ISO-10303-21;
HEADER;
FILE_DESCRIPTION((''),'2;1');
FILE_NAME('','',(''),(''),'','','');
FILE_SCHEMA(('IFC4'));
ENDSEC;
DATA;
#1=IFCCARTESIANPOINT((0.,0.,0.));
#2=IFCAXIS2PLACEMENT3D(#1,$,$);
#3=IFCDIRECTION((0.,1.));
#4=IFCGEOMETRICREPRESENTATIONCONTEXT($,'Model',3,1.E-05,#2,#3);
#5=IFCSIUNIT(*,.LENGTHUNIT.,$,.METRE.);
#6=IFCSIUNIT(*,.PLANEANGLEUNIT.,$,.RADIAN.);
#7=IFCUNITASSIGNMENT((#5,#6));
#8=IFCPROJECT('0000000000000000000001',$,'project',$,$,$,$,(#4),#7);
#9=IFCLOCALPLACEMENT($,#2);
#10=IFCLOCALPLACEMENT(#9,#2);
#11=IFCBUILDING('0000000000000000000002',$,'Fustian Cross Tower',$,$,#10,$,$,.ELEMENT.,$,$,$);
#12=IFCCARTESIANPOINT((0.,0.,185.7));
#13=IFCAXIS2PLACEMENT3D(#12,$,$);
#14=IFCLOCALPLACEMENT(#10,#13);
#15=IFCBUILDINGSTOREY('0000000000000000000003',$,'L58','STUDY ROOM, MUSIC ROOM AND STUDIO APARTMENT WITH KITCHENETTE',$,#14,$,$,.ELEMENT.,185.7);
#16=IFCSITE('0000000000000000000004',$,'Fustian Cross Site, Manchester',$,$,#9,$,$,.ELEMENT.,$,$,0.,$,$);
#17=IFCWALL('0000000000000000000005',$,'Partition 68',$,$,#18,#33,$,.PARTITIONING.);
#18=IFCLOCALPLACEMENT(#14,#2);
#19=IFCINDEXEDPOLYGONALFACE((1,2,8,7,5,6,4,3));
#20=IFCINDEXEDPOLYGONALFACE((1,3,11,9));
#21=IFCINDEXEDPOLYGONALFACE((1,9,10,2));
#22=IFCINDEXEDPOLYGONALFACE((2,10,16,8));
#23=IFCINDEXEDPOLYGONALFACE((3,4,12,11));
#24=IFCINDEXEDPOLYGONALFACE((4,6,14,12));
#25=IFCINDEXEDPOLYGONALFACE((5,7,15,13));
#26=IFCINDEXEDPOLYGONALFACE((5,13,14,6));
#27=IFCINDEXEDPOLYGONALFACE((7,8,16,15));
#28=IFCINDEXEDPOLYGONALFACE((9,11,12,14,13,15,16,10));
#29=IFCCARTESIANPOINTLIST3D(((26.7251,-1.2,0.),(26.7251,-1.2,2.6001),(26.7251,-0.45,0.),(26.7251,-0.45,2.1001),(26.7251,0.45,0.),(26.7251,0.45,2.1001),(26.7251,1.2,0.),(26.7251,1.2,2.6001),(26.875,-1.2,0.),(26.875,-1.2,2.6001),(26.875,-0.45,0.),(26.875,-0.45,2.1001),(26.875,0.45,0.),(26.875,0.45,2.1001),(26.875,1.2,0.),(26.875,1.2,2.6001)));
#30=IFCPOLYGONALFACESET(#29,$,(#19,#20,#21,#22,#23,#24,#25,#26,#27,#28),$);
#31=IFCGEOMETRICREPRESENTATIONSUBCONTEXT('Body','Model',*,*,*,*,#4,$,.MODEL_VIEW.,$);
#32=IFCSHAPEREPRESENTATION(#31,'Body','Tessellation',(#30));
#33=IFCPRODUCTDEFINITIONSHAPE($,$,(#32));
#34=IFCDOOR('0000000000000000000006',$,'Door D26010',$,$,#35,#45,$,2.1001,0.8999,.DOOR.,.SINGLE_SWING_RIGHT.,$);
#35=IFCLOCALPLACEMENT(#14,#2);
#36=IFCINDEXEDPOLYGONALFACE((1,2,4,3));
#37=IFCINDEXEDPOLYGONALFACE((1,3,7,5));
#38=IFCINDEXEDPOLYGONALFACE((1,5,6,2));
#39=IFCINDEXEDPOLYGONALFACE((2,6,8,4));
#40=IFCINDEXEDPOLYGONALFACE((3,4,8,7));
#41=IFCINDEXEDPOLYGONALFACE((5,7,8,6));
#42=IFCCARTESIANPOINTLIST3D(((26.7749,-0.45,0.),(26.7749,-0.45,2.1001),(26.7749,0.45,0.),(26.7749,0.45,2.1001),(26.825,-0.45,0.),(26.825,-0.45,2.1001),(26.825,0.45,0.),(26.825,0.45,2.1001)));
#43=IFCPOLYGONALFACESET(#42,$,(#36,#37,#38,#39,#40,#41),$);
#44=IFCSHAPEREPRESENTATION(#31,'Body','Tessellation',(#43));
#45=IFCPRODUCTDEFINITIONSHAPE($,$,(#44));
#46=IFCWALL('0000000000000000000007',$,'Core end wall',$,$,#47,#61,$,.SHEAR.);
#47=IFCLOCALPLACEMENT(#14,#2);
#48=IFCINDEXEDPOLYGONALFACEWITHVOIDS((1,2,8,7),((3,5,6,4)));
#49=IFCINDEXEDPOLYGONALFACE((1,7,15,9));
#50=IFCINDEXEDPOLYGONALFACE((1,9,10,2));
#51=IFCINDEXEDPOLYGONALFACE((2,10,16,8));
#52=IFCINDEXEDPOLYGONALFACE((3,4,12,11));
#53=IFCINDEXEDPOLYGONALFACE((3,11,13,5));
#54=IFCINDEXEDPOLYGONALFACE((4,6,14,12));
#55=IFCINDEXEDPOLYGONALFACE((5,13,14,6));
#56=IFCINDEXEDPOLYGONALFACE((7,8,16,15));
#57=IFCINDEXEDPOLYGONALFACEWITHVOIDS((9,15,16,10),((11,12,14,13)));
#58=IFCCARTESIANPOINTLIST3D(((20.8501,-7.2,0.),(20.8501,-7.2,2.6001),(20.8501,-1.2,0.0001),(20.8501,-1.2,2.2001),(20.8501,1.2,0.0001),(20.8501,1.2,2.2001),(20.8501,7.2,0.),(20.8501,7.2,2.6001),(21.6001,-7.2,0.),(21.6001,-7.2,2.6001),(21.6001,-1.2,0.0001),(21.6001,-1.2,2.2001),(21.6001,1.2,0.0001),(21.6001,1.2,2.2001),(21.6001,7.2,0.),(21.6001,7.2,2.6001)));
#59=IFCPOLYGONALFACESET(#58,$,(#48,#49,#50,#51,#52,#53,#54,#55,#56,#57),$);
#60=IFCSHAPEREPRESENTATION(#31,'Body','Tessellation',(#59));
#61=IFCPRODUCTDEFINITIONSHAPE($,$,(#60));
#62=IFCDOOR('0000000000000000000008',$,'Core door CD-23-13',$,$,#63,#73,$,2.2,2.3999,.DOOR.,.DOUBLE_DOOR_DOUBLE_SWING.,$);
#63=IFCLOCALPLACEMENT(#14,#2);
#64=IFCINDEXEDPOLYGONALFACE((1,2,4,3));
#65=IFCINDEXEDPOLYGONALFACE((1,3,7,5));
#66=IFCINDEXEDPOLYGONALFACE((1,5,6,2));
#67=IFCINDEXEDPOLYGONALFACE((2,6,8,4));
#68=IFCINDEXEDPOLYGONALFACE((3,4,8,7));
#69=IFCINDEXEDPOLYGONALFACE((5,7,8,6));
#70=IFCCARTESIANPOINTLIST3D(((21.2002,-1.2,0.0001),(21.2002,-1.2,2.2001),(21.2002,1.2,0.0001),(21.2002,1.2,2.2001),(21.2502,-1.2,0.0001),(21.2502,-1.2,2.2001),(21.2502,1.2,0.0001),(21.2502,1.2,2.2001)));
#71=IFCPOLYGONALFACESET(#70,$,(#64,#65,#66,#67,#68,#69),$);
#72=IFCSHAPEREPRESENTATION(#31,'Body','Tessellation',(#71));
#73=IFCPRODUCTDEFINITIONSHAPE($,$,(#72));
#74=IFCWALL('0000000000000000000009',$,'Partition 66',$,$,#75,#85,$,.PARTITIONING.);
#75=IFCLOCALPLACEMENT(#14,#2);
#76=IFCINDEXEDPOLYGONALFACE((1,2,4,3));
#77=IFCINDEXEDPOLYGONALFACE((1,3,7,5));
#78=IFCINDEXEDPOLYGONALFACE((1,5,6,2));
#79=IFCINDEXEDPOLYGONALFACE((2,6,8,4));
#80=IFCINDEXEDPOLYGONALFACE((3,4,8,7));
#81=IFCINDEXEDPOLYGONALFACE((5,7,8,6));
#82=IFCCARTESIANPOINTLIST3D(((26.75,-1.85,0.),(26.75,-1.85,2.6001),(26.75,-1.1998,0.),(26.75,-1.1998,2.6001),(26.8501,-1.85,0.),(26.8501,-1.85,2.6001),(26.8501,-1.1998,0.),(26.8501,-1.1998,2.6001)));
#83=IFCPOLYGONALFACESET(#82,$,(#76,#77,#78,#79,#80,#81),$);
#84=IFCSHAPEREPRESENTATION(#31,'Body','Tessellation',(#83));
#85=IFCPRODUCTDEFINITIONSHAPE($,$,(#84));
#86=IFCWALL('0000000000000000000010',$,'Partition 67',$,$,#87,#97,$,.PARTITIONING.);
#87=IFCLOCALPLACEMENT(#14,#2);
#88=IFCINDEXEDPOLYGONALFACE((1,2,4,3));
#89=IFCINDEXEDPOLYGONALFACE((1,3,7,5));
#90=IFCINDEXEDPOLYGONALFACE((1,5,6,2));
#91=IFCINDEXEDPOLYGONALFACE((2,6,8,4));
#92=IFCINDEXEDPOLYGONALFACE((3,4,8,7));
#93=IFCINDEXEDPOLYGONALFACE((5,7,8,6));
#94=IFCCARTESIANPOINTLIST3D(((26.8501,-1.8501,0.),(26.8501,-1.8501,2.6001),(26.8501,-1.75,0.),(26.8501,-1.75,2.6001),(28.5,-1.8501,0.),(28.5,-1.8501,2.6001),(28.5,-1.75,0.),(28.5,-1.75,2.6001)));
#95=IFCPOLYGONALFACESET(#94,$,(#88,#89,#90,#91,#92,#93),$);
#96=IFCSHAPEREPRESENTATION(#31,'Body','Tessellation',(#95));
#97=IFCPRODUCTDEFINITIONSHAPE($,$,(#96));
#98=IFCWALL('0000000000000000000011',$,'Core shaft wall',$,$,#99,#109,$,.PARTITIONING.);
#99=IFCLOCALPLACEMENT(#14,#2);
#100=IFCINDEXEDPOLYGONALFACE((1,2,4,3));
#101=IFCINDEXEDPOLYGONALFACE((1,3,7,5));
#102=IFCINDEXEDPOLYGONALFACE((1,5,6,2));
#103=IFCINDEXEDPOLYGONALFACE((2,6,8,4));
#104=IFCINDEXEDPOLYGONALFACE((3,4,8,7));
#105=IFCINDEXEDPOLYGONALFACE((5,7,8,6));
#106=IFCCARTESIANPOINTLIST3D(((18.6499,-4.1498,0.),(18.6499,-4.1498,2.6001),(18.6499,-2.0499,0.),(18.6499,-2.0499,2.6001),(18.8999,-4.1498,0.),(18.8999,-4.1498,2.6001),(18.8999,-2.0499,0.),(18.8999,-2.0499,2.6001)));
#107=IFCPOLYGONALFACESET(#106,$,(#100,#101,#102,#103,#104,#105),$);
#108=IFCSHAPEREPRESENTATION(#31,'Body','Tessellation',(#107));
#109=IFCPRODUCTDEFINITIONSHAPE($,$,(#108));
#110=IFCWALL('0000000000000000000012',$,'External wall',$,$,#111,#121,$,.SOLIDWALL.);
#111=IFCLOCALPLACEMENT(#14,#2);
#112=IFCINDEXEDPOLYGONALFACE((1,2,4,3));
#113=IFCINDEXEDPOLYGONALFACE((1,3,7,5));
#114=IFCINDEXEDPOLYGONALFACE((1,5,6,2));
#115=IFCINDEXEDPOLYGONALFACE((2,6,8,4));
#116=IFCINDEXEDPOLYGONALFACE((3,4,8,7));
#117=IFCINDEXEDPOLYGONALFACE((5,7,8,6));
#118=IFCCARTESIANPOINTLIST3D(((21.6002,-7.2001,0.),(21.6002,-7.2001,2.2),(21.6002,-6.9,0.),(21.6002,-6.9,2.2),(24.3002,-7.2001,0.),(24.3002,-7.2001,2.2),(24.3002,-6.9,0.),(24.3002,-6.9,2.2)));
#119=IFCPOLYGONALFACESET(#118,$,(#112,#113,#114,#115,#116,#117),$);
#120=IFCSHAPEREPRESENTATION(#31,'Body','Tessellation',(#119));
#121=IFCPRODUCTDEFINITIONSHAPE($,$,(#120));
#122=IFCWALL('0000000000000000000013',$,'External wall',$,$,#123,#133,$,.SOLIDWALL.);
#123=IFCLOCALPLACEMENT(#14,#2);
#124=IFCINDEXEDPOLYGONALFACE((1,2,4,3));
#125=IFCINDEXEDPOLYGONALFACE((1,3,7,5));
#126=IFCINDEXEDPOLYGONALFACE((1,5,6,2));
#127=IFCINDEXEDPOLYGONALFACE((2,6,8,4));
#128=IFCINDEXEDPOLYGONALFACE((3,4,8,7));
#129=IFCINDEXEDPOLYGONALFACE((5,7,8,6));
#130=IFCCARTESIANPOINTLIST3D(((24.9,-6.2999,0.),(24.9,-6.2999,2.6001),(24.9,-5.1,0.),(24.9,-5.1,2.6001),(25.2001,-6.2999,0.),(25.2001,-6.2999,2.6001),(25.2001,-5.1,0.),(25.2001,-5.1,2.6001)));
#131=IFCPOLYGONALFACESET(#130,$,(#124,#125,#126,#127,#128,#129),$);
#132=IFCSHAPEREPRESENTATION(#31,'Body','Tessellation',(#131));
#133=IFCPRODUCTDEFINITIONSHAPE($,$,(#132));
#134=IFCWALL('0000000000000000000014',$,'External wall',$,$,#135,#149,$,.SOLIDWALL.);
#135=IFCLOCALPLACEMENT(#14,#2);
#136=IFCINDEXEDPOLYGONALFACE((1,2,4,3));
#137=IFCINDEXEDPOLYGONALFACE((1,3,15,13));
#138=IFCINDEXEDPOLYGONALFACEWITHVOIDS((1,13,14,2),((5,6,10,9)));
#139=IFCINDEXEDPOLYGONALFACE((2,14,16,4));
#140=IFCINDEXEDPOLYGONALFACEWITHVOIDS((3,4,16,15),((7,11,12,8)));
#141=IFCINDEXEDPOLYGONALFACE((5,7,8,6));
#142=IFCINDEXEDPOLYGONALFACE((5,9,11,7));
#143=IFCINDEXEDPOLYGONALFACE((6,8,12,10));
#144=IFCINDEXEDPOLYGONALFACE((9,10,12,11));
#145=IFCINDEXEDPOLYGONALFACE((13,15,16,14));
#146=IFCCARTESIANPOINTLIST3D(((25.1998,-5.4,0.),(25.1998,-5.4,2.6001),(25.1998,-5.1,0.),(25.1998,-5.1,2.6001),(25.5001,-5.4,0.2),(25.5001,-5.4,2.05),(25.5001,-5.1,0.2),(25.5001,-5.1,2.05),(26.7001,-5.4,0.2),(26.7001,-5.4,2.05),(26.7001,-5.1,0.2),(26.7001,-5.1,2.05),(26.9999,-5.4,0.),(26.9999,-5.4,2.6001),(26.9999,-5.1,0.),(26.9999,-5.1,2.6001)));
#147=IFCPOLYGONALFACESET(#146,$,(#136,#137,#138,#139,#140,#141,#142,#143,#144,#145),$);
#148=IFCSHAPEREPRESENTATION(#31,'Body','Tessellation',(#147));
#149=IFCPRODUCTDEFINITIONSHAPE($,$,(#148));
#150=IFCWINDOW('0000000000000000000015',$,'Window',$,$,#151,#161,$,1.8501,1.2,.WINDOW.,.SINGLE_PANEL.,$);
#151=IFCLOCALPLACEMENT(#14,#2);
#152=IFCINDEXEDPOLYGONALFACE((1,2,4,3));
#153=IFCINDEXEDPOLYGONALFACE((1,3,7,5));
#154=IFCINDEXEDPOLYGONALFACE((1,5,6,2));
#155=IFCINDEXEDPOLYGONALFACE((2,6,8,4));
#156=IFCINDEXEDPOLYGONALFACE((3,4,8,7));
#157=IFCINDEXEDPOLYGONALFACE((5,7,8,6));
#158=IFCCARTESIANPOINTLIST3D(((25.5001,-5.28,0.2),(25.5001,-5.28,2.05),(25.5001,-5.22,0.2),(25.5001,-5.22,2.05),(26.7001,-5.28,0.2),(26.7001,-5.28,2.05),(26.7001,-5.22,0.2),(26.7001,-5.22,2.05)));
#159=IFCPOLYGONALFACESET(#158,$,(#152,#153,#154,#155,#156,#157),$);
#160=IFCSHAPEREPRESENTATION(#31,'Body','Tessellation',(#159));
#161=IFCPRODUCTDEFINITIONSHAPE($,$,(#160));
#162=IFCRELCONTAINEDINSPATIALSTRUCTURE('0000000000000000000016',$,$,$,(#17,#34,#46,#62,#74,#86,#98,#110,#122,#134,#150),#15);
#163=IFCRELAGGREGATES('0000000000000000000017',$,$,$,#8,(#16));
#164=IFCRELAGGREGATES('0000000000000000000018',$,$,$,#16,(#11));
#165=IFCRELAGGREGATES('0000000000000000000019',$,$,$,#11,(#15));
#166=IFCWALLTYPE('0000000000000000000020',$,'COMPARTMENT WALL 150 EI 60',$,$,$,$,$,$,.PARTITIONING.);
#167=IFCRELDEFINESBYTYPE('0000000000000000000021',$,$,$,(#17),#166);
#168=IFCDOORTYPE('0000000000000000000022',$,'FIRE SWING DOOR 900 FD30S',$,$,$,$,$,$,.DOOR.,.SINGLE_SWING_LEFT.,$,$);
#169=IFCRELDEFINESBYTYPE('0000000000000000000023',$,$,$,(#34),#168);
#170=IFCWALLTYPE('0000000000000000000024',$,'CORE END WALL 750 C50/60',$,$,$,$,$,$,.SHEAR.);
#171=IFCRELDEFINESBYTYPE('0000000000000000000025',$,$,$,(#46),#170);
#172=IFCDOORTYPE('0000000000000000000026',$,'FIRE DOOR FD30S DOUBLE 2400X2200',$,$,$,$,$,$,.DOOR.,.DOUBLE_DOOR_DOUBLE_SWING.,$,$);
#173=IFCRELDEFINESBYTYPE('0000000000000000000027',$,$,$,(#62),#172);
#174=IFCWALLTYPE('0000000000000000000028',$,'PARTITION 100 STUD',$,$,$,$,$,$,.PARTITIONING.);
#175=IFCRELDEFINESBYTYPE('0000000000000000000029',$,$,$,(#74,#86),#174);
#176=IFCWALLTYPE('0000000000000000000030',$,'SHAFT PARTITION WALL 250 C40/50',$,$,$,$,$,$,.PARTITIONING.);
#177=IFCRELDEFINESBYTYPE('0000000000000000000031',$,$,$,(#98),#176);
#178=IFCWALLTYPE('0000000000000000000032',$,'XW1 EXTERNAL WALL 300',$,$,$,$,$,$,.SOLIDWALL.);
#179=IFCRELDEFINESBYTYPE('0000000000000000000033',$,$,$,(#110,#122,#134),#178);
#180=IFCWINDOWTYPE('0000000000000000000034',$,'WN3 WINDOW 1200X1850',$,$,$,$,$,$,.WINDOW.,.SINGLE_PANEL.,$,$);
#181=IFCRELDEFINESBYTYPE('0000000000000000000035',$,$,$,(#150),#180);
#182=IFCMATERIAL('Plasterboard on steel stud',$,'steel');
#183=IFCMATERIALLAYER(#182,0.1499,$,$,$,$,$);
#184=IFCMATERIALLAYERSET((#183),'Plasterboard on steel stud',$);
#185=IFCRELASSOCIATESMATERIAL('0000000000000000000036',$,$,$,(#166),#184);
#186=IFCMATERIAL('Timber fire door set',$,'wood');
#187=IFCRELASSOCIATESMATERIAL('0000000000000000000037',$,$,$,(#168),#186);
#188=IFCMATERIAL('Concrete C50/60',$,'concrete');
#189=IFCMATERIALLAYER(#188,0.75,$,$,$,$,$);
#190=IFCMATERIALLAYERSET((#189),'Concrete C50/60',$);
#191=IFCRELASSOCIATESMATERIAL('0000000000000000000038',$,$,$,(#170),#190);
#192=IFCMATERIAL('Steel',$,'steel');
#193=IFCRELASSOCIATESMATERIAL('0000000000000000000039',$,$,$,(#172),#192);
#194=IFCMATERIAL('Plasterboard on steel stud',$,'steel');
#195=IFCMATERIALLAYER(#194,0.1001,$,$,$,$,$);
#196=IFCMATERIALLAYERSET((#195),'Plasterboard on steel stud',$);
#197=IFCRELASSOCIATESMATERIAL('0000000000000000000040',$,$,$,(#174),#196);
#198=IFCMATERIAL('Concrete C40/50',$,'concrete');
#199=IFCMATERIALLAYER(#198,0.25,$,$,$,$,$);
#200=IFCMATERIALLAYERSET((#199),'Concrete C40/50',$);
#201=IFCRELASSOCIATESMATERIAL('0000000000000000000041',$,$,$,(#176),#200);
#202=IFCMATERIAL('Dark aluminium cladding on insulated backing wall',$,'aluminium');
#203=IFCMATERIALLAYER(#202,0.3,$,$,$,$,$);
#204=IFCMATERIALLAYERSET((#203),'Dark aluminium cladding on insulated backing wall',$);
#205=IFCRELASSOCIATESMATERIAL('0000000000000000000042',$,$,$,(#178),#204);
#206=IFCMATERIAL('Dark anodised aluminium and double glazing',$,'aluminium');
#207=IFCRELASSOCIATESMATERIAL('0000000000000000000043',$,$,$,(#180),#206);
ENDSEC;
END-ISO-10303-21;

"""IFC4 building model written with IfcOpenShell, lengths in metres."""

from ifc_helpers import new_model, si_unit, direction, frame, frame_2d, origin, place, context, subcontext, project, spatial, rectangle, extrude, material, layer, layer_set, type_object, element, fill, save


model = new_model("IFC4")

# Units and contexts
model_context = context("Model", 3, precision=1e-05, world=origin(), true_north=direction((0.0, 1.0)))
body_context = subcontext(model_context, "Body", "Model", "MODEL_VIEW")
ifc_project = project(units=[si_unit("LENGTHUNIT", "METRE"), si_unit("PLANEANGLEUNIT", "RADIAN")], contexts=[model_context])

# Site, building, storey
site_placement = place(None, origin())
site = spatial("IfcSite", under=ifc_project, at=site_placement, Name="Fustian Cross Site, Manchester", CompositionType="ELEMENT", RefElevation=0.0)
building_placement = place(site_placement, origin())
building = spatial("IfcBuilding", under=site, at=building_placement, Name="Fustian Cross Tower", CompositionType="ELEMENT")
storey_placement = place(building_placement, frame((0.0, 0.0, 185.7)))
storey = spatial("IfcBuildingStorey", under=building, at=storey_placement, Name="L58", Description="STUDY ROOM, MUSIC ROOM AND STUDIO APARTMENT WITH KITCHENETTE", CompositionType="ELEMENT", Elevation=185.7)

# Shared definitions
ifc_material_1 = material(Name="Plasterboard on steel stud", Category="steel")
ifc_layer_1 = layer(ifc_material_1, 0.1499)
ifc_layer_set_1 = layer_set([ifc_layer_1], Name="Plasterboard on steel stud")
wall_type_1 = type_object("IfcWallType", Name="COMPARTMENT WALL 150 EI 60", PredefinedType="PARTITIONING", material=ifc_layer_set_1)
ifc_material_2 = material(Name="Timber fire door set", Category="wood")
door_type_1 = type_object("IfcDoorType", Name="FIRE SWING DOOR 900 FD30S", OperationType="SINGLE_SWING_LEFT", PredefinedType="DOOR", material=ifc_material_2)

# Walls, openings, doors
wall_1_placement = place(storey_placement, frame((26.8, -1.2, 0.0), z_axis=(0.0, 0.0, 1.0), x_axis=(0.0, 1.0, 0.0)))
wall_1 = element("IfcWall", 1, at=wall_1_placement, inside=storey, type_object=wall_type_1, Name="Partition 68", PredefinedType="PARTITIONING", context=body_context, shape_type="SweptSolid", body=[
    extrude(rectangle(XDim=2.3999, YDim=0.1499, at=frame_2d((1.2, 0.0))), origin(), (0.0, 0.0, 1.0), 2.6001),
])
opening_1_placement = place(wall_1_placement, frame((0.75, 0.0, 0.0)))
opening_1 = element("IfcOpeningElement", 2, at=opening_1_placement, cuts=wall_1, PredefinedType="OPENING", context=body_context, shape_type="SweptSolid", body=[
    extrude(rectangle(XDim=0.8999, YDim=2.1001, at=frame_2d((0.45, 1.05))), frame((0.0, 0.085, 0.0), z_axis=(0.0, -1.0, 0.0), x_axis=(1.0, 0.0, 0.0)), (0.0, 0.0, 1.0), 0.1699),
])
door_1_placement = place(opening_1_placement, frame((0.8999, 0.0, 0.0), z_axis=(0.0, 0.0, 1.0), x_axis=(-1.0, 0.0, 0.0)))
door_1 = element("IfcDoor", 3, at=door_1_placement, inside=storey, type_object=door_type_1, Name="Door D26010", OperationType="SINGLE_SWING_RIGHT", OverallHeight=2.1001, OverallWidth=0.8999, PredefinedType="DOOR", context=body_context, shape_type="SweptSolid", body=[
    extrude(rectangle(XDim=0.8999, YDim=2.1001, at=frame_2d((0.45, 1.05))), frame((0.0, 0.0249, 0.0), z_axis=(0.0, -1.0, 0.0), x_axis=(1.0, 0.0, 0.0)), (0.0, 0.0, 1.0), 0.05),
])
fill(opening_1, door_1)
ifc_material_3 = material(Name="Concrete C50/60", Category="concrete")
ifc_layer_2 = layer(ifc_material_3, 0.75)
ifc_layer_set_2 = layer_set([ifc_layer_2], Name="Concrete C50/60")
wall_type_2 = type_object("IfcWallType", Name="CORE END WALL 750 C50/60", PredefinedType="SHEAR", material=ifc_layer_set_2)
wall_2_placement = place(storey_placement, frame((21.2251, -7.2, 0.0), z_axis=(0.0, 0.0, 1.0), x_axis=(0.0, 1.0, 0.0)))
wall_2 = element("IfcWall", 4, at=wall_2_placement, inside=storey, type_object=wall_type_2, Name="Core end wall", PredefinedType="SHEAR", context=body_context, shape_type="SweptSolid", body=[
    extrude(rectangle(XDim=14.3999, YDim=0.75, at=frame_2d((7.2, 0.0))), origin(), (0.0, 0.0, 1.0), 2.6001),
])
opening_2_placement = place(wall_2_placement, frame((6.0, 0.0, 0.0)))
opening_2 = element("IfcOpeningElement", 5, at=opening_2_placement, cuts=wall_2, PredefinedType="OPENING", context=body_context, shape_type="SweptSolid", body=[
    extrude(rectangle(XDim=2.3999, YDim=2.2, at=frame_2d((1.2, 1.1001))), frame((0.0, 0.385, 0.0), z_axis=(0.0, -1.0, 0.0), x_axis=(1.0, 0.0, 0.0)), (0.0, 0.0, 1.0), 0.77),
])
ifc_material_4 = material(Name="Steel", Category="steel")
door_type_2 = type_object("IfcDoorType", Name="FIRE DOOR FD30S DOUBLE 2400X2200", OperationType="DOUBLE_DOOR_DOUBLE_SWING", PredefinedType="DOOR", material=ifc_material_4)
door_2_placement = place(opening_2_placement, origin())
door_2 = element("IfcDoor", 6, at=door_2_placement, inside=storey, type_object=door_type_2, Name="Core door CD-23-13", OperationType="DOUBLE_DOOR_DOUBLE_SWING", OverallHeight=2.2, OverallWidth=2.3999, PredefinedType="DOOR", context=body_context, shape_type="SweptSolid", body=[
    extrude(rectangle(XDim=2.3999, YDim=2.2, at=frame_2d((1.2, 1.1001))), frame((0.0, 0.0249, 0.0), z_axis=(0.0, -1.0, 0.0), x_axis=(1.0, 0.0, 0.0)), (0.0, 0.0, 1.0), 0.05),
])
fill(opening_2, door_2)

# Walls
ifc_material_5 = material(Name="Plasterboard on steel stud", Category="steel")
ifc_layer_3 = layer(ifc_material_5, 0.1001)
ifc_layer_set_3 = layer_set([ifc_layer_3], Name="Plasterboard on steel stud")
wall_type_3 = type_object("IfcWallType", Name="PARTITION 100 STUD", PredefinedType="PARTITIONING", material=ifc_layer_set_3)
wall_3_placement = place(storey_placement, frame((26.8, -1.8501, 0.0), z_axis=(0.0, 0.0, 1.0), x_axis=(0.0, 1.0, 0.0)))
element("IfcWall", 7, at=wall_3_placement, inside=storey, type_object=wall_type_3, Name="Partition 66", PredefinedType="PARTITIONING", context=body_context, shape_type="SweptSolid", body=[
    extrude(rectangle(XDim=0.6501, YDim=0.1001, at=frame_2d((0.3252, 0.0))), origin(), (0.0, 0.0, 1.0), 2.6001),
])
wall_4_placement = place(storey_placement, frame((26.8501, -1.8, 0.0), z_axis=(0.0, 0.0, 1.0), x_axis=(1.0, 0.0, 0.0)))
element("IfcWall", 8, at=wall_4_placement, inside=storey, type_object=wall_type_3, Name="Partition 67", PredefinedType="PARTITIONING", context=body_context, shape_type="SweptSolid", body=[
    extrude(rectangle(XDim=1.6499, YDim=0.1001, at=frame_2d((0.825, 0.0))), origin(), (0.0, 0.0, 1.0), 2.6001),
])
ifc_material_6 = material(Name="Concrete C40/50", Category="concrete")
ifc_layer_4 = layer(ifc_material_6, 0.25)
ifc_layer_set_4 = layer_set([ifc_layer_4], Name="Concrete C40/50")
wall_type_4 = type_object("IfcWallType", Name="SHAFT PARTITION WALL 250 C40/50", PredefinedType="PARTITIONING", material=ifc_layer_set_4)
wall_5_placement = place(storey_placement, frame((18.7749, -2.05, 0.0), z_axis=(0.0, 0.0, 1.0), x_axis=(0.0, -1.0, 0.0)))
element("IfcWall", 9, at=wall_5_placement, inside=storey, type_object=wall_type_4, Name="Core shaft wall", PredefinedType="PARTITIONING", context=body_context, shape_type="SweptSolid", body=[
    extrude(rectangle(XDim=2.0999, YDim=0.25, at=frame_2d((1.0498, 0.0))), origin(), (0.0, 0.0, 1.0), 2.6001),
])
ifc_material_7 = material(Name="Dark aluminium cladding on insulated backing wall", Category="aluminium")
ifc_layer_5 = layer(ifc_material_7, 0.3)
ifc_layer_set_5 = layer_set([ifc_layer_5], Name="Dark aluminium cladding on insulated backing wall")
wall_type_5 = type_object("IfcWallType", Name="XW1 EXTERNAL WALL 300", PredefinedType="SOLIDWALL", material=ifc_layer_set_5)
wall_6_placement = place(storey_placement, frame((21.6001, -7.05, 0.0), z_axis=(0.0, 0.0, 1.0), x_axis=(1.0, 0.0, 0.0)))
element("IfcWall", 10, at=wall_6_placement, inside=storey, type_object=wall_type_5, Name="External wall", PredefinedType="SOLIDWALL", context=body_context, shape_type="SweptSolid", body=[
    extrude(rectangle(XDim=2.7, YDim=0.3, at=frame_2d((1.3501, 0.0))), origin(), (0.0, 0.0, 1.0), 2.2),
])
wall_7_placement = place(storey_placement, frame((25.05, -6.3, 0.0), z_axis=(0.0, 0.0, 1.0), x_axis=(0.0, 1.0, 0.0)))
element("IfcWall", 11, at=wall_7_placement, inside=storey, type_object=wall_type_5, Name="External wall", PredefinedType="SOLIDWALL", context=body_context, shape_type="SweptSolid", body=[
    extrude(rectangle(XDim=1.2, YDim=0.3, at=frame_2d((0.6001, 0.0))), origin(), (0.0, 0.0, 1.0), 2.6001),
])

# Wall, opening, window
wall_8_placement = place(storey_placement, frame((25.2, -5.25, 0.0), z_axis=(0.0, 0.0, 1.0), x_axis=(1.0, 0.0, 0.0)))
wall_8 = element("IfcWall", 12, at=wall_8_placement, inside=storey, type_object=wall_type_5, Name="External wall", PredefinedType="SOLIDWALL", context=body_context, shape_type="SweptSolid", body=[
    extrude(rectangle(XDim=1.8, YDim=0.3, at=frame_2d((0.8999, 0.0))), origin(), (0.0, 0.0, 1.0), 2.6001),
])
opening_3_placement = place(wall_8_placement, frame((0.3, 0.0, 0.2)))
opening_3 = element("IfcOpeningElement", 13, at=opening_3_placement, cuts=wall_8, PredefinedType="OPENING", context=body_context, shape_type="SweptSolid", body=[
    extrude(rectangle(XDim=1.2, YDim=1.8501, at=frame_2d((0.6001, 0.925))), frame((0.0, 0.1599, 0.0), z_axis=(0.0, -1.0, 0.0), x_axis=(1.0, 0.0, 0.0)), (0.0, 0.0, 1.0), 0.3201),
])
ifc_material_8 = material(Name="Dark anodised aluminium and double glazing", Category="aluminium")
window_type_1 = type_object("IfcWindowType", Name="WN3 WINDOW 1200X1850", PartitioningType="SINGLE_PANEL", PredefinedType="WINDOW", material=ifc_material_8)
window_1_placement = place(opening_3_placement, origin())
window_1 = element("IfcWindow", 14, at=window_1_placement, inside=storey, type_object=window_type_1, Name="Window", OverallHeight=1.8501, OverallWidth=1.2, PartitioningType="SINGLE_PANEL", PredefinedType="WINDOW", context=body_context, shape_type="SweptSolid", body=[
    extrude(rectangle(XDim=1.2, YDim=1.8501, at=frame_2d((0.6001, 0.925))), frame((0.0, 0.03, 0.0), z_axis=(0.0, -1.0, 0.0), x_axis=(1.0, 0.0, 0.0)), (0.0, 0.0, 1.0), 0.0601),
])
fill(opening_3, window_1)

save(model, "model.ifc")
